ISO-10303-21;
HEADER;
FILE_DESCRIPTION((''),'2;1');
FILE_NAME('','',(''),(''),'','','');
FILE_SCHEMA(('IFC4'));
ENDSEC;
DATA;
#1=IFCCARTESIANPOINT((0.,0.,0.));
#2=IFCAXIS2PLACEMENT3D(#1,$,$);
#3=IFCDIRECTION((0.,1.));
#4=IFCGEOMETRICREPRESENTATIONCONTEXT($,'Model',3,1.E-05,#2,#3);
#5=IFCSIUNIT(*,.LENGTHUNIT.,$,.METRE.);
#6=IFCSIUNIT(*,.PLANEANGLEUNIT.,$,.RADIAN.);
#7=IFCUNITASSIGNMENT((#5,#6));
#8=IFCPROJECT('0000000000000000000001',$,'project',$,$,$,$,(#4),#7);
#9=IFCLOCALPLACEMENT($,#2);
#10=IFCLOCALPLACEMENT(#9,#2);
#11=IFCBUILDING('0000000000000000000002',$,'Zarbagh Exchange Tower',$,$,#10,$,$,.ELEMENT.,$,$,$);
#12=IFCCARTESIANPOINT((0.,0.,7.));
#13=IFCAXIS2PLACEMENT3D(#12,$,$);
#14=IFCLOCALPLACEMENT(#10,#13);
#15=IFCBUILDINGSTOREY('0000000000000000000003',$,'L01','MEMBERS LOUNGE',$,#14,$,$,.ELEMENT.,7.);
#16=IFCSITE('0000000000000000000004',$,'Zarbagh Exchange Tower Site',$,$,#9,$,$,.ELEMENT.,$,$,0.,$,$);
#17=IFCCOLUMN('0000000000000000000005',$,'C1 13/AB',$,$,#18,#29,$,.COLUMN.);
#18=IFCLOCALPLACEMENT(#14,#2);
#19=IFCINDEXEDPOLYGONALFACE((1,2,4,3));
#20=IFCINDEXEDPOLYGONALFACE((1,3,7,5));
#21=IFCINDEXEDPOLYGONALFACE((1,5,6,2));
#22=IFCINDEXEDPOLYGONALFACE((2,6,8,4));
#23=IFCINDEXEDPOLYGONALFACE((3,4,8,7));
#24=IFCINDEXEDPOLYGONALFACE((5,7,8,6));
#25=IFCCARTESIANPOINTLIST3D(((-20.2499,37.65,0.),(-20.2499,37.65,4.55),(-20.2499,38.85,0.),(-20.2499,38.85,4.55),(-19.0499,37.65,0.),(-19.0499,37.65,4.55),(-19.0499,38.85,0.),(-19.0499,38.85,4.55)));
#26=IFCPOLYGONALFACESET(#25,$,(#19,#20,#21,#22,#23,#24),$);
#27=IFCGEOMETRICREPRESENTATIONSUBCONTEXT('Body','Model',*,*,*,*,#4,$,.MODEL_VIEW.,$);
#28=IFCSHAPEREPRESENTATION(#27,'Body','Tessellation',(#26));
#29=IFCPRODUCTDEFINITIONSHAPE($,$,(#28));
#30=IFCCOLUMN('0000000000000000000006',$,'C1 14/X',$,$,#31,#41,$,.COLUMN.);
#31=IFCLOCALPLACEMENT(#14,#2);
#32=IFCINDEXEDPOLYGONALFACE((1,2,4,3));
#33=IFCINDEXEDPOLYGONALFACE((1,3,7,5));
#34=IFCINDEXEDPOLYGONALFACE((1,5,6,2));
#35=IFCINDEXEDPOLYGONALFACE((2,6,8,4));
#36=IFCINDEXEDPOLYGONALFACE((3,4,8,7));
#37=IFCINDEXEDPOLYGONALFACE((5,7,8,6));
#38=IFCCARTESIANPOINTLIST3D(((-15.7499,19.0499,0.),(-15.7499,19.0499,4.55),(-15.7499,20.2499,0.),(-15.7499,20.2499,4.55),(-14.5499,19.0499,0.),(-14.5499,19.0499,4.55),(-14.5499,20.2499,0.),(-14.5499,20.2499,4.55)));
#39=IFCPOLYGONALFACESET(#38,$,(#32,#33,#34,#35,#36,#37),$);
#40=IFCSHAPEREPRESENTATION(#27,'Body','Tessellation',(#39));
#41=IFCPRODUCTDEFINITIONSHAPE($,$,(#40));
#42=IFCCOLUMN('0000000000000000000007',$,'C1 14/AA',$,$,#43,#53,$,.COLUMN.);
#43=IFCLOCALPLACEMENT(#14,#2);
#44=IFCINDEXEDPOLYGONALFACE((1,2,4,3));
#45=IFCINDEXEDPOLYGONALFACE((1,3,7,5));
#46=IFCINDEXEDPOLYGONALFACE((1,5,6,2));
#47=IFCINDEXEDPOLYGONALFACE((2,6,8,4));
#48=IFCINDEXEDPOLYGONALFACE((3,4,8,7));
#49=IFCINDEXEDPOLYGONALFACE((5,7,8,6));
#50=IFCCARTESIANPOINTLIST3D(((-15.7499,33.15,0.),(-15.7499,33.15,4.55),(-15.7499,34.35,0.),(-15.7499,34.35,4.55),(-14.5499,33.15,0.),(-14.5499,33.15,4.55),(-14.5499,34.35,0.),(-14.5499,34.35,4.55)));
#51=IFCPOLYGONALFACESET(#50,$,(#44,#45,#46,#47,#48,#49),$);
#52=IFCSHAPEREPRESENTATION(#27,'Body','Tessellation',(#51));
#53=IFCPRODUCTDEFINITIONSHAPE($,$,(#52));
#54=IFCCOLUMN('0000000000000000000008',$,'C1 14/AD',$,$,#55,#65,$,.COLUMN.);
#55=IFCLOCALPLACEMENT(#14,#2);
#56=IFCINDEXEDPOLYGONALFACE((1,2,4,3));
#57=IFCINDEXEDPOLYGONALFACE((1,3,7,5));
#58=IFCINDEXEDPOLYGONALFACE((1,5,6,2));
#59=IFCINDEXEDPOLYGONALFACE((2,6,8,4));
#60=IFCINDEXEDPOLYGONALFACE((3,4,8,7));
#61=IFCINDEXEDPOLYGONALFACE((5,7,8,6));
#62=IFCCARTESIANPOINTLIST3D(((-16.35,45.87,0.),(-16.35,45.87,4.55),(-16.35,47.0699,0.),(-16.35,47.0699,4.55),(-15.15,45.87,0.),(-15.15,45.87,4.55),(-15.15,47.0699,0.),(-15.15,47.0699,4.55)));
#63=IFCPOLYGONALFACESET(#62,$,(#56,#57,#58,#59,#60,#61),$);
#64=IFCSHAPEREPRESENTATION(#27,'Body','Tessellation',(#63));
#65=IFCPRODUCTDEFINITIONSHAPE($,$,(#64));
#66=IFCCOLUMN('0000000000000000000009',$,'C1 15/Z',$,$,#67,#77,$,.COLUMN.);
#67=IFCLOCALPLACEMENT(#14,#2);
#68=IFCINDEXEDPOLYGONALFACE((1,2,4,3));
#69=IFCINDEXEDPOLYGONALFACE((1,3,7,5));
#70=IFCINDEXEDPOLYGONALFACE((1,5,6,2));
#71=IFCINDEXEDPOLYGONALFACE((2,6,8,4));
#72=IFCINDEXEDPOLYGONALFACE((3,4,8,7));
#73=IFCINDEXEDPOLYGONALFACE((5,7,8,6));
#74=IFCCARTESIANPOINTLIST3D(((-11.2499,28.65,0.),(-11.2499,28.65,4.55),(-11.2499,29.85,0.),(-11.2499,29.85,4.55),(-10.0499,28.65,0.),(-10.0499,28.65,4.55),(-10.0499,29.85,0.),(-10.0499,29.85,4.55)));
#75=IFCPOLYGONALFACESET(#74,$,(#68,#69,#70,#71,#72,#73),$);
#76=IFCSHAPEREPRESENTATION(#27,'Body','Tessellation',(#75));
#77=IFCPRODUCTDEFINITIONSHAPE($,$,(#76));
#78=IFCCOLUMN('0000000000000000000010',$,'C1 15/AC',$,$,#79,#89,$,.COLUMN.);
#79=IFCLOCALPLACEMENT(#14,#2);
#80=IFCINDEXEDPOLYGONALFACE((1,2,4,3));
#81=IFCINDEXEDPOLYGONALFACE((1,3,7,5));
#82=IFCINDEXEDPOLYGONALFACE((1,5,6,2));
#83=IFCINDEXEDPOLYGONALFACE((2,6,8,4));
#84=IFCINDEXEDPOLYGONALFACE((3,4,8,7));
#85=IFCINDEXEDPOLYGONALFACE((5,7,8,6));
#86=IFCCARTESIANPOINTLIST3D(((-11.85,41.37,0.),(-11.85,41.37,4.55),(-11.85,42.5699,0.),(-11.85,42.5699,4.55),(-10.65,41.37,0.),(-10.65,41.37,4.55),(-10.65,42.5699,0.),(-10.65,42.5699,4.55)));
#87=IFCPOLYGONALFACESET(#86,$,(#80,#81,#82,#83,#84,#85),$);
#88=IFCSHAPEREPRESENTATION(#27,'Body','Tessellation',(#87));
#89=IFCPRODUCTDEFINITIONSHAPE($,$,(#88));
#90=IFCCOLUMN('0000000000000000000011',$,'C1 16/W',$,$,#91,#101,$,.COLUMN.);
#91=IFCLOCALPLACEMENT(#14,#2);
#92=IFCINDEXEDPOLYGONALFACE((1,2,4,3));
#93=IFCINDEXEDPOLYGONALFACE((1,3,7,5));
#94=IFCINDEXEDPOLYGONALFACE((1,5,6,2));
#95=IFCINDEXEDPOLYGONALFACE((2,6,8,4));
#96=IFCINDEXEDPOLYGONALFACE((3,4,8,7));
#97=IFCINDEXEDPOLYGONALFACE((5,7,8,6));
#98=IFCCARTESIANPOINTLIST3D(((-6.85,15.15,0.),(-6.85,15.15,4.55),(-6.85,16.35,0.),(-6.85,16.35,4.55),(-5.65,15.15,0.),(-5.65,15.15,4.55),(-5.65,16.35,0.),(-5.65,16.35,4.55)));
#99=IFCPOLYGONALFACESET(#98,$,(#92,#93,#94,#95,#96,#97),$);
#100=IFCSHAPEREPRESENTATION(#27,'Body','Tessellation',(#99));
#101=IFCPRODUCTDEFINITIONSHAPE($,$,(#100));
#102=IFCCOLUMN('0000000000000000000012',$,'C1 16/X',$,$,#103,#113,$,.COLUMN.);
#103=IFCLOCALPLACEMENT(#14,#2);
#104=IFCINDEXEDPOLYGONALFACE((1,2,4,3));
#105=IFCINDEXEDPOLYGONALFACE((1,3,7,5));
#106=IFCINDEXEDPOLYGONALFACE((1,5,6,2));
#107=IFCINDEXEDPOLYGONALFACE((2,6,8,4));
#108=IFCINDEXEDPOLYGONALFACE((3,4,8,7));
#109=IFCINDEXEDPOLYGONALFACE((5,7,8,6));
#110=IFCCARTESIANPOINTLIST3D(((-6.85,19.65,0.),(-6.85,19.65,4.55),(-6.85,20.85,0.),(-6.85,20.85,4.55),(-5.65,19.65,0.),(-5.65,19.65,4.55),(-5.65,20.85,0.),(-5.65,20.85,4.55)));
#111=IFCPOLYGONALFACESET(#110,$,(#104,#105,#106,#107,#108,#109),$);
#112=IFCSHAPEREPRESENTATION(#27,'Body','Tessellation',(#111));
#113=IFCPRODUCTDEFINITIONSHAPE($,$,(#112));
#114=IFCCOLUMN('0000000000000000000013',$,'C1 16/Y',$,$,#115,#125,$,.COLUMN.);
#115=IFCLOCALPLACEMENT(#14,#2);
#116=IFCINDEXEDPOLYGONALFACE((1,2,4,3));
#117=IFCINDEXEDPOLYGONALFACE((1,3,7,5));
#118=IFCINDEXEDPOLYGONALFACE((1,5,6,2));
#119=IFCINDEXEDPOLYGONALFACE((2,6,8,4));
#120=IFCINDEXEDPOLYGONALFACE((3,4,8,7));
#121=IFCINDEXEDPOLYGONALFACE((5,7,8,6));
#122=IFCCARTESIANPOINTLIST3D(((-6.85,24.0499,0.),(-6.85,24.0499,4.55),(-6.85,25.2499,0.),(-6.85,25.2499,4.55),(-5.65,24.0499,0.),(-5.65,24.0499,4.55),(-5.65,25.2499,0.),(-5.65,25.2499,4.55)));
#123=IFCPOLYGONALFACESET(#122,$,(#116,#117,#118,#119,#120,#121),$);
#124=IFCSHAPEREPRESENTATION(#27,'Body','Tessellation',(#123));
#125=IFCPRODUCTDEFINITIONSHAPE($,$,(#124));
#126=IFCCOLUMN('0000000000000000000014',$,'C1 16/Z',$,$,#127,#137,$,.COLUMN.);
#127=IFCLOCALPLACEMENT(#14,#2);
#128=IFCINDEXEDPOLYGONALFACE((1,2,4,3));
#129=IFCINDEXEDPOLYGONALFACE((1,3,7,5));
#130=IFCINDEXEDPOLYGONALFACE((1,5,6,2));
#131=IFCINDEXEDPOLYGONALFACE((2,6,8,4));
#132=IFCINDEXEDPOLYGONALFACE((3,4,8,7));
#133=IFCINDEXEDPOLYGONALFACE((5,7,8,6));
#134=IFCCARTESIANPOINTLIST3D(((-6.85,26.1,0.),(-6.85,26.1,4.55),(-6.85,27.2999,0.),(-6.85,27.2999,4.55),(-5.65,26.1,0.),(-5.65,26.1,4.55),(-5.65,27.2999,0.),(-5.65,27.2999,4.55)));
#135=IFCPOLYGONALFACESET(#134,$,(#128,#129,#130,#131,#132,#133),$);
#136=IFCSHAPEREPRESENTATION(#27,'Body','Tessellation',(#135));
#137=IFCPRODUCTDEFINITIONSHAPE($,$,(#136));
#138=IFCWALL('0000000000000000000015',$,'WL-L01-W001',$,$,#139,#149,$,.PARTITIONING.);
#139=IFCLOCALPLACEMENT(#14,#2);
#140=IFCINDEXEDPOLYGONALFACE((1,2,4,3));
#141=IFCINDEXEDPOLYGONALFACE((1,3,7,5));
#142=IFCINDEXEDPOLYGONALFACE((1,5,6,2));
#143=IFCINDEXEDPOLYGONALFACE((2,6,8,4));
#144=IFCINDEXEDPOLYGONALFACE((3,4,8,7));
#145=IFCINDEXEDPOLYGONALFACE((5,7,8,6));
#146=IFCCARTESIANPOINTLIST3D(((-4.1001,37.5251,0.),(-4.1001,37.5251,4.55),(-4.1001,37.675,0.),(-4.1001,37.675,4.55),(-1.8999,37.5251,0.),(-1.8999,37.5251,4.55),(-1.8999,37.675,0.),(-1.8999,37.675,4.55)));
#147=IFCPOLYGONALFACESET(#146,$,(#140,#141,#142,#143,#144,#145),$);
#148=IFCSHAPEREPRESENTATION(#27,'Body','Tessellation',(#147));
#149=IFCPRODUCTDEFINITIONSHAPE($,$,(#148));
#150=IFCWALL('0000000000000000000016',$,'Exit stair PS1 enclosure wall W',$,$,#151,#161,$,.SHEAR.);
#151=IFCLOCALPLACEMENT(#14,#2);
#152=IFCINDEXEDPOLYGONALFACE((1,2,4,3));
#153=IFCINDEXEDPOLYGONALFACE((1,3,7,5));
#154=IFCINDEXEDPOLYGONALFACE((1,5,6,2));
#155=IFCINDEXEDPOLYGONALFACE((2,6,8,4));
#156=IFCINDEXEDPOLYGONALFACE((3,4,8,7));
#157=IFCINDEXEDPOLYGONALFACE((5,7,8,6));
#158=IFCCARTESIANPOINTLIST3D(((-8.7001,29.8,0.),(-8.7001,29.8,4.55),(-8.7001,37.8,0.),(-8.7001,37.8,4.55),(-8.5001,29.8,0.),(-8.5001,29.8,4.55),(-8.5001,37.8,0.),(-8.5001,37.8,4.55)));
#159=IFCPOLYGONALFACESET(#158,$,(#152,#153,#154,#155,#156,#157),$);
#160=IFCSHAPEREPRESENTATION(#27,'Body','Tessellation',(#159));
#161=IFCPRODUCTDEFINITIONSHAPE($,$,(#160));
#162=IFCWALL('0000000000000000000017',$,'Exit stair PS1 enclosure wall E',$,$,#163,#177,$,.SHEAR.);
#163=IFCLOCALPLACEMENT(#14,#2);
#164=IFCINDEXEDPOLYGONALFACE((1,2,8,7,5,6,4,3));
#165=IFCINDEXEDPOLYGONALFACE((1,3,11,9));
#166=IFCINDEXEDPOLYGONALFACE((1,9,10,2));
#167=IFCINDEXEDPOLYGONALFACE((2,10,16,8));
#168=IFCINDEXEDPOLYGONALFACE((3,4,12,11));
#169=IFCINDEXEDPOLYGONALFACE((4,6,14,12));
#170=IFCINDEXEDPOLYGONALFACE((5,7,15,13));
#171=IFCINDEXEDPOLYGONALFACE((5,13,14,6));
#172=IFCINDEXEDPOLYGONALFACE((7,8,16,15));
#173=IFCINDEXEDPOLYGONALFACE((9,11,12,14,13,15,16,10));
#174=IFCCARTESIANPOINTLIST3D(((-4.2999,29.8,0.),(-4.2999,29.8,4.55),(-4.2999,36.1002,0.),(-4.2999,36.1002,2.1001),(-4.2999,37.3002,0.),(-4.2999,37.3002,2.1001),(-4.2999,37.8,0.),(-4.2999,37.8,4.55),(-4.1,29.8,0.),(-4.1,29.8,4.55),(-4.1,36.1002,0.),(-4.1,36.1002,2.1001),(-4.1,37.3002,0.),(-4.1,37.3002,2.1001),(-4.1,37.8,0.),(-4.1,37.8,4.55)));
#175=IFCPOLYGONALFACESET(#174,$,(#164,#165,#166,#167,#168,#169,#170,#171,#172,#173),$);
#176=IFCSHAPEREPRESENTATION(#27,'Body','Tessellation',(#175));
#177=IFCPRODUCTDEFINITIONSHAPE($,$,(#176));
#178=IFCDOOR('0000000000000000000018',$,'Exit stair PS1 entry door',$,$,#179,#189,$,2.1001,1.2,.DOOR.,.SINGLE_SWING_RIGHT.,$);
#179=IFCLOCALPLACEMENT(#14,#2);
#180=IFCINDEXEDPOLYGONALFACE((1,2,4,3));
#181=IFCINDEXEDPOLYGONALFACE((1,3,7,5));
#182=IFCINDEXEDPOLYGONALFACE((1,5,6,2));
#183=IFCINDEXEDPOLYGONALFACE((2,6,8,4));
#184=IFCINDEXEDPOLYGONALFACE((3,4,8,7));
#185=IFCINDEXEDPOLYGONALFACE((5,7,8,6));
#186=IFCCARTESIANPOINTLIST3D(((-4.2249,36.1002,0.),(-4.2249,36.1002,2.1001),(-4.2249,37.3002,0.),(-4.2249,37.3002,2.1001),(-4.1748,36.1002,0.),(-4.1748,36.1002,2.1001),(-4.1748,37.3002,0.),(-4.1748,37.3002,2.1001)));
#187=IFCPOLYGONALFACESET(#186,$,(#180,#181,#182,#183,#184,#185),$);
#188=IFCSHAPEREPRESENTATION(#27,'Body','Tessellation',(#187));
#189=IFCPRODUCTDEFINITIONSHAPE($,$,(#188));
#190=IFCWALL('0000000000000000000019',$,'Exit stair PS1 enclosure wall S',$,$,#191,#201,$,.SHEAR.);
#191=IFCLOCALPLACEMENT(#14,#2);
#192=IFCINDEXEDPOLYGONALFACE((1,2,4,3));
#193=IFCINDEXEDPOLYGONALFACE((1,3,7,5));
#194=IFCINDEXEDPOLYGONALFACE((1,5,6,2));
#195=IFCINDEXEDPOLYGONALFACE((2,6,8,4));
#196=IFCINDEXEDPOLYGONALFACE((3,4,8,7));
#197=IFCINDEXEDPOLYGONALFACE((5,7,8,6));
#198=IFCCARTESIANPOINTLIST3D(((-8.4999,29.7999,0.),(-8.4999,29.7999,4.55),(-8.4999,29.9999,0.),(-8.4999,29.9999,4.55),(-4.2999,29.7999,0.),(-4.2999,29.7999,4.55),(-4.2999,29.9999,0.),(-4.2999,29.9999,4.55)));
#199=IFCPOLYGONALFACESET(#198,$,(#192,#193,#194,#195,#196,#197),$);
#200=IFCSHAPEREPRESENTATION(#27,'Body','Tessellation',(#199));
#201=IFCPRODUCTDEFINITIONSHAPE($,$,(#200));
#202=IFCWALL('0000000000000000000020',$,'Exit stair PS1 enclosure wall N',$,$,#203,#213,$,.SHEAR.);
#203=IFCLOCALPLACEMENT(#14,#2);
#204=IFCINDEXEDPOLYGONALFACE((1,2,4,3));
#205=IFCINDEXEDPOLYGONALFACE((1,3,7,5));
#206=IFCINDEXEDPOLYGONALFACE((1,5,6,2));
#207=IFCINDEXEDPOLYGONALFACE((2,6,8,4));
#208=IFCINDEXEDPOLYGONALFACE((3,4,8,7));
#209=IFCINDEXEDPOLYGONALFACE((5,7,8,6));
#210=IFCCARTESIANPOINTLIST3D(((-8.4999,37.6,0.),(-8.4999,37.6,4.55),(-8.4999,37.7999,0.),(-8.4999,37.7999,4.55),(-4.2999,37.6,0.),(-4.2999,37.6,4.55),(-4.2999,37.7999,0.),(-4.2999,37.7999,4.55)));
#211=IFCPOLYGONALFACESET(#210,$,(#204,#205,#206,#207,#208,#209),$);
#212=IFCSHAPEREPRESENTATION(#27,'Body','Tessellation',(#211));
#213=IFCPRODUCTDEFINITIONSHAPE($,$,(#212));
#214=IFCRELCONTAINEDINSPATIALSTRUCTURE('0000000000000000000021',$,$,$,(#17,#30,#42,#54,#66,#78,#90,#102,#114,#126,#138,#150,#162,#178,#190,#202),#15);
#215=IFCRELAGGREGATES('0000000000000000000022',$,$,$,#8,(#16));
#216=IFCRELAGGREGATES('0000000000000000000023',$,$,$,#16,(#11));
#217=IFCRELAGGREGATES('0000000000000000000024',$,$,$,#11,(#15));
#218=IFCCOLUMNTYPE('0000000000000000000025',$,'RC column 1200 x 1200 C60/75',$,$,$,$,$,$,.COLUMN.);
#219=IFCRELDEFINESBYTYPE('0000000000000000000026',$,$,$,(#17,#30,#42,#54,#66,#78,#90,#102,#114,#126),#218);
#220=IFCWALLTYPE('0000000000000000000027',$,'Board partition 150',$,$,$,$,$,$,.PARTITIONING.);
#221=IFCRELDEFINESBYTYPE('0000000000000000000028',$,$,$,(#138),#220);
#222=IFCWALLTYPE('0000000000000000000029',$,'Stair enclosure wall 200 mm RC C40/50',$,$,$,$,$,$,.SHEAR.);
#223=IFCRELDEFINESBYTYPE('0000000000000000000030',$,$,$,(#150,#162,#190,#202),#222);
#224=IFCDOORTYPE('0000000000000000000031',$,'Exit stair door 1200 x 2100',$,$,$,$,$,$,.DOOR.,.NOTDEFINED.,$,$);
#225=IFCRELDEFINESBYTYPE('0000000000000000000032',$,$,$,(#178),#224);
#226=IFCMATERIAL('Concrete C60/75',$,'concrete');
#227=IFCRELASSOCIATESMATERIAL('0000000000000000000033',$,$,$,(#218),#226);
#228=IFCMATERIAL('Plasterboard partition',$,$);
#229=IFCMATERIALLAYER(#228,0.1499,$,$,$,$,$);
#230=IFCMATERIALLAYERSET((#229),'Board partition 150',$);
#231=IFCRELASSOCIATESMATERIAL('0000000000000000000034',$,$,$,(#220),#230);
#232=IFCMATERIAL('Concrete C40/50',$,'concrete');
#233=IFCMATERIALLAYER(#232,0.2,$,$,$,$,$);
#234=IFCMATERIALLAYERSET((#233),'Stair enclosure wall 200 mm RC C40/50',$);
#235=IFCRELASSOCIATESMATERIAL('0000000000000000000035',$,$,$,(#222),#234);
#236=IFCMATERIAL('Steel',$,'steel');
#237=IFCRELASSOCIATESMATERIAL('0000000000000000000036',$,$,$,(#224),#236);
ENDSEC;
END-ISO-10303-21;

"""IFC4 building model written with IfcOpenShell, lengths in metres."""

from ifc_helpers import new_model, si_unit, direction, frame, frame_2d, origin, origin_2d, place, context, subcontext, project, spatial, rectangle, extrude, material, layer, layer_set, material_profile, profile_set, type_object, element, fill, save


model = new_model("IFC4")

# Units and contexts
model_context = context("Model", 3, precision=1e-05, world=origin(), true_north=direction((0.0, 1.0)))
body_context = subcontext(model_context, "Body", "Model", "MODEL_VIEW")
ifc_project = project(units=[si_unit("LENGTHUNIT", "METRE"), si_unit("PLANEANGLEUNIT", "RADIAN")], contexts=[model_context])

# Site, building, storey
site_placement = place(None, origin())
site = spatial("IfcSite", under=ifc_project, at=site_placement, Name="Zarbagh Exchange Tower Site", CompositionType="ELEMENT", RefElevation=0.0)
building_placement = place(site_placement, origin())
building = spatial("IfcBuilding", under=site, at=building_placement, Name="Zarbagh Exchange Tower", CompositionType="ELEMENT")
storey_placement = place(building_placement, frame((0.0, 0.0, 7.0)))
storey = spatial("IfcBuildingStorey", under=building, at=storey_placement, Name="L01", Description="MEMBERS LOUNGE", CompositionType="ELEMENT", Elevation=7.0)

# Columns
ifc_material_1 = material(Name="Concrete C60/75", Category="concrete")
ifc_material_profile = material_profile(ifc_material_1, rectangle(XDim=1.2, YDim=1.2, at=origin_2d()), Name="RC column 1200 x 1200 C60/75")
ifc_profile_set = profile_set([ifc_material_profile], Name="Concrete C60/75")
column_type = type_object("IfcColumnType", Name="RC column 1200 x 1200 C60/75", PredefinedType="COLUMN", material=ifc_profile_set)
for number, where, z_axis, x_axis, name in (
    (1, (-19.6499, 38.25, 0.0), (0.0, 0.0, 1.0), (1.0, 0.0, 0.0), "C1 13/AB"),
    (2, (-15.1499, 19.6499, 0.0), (0.0, 0.0, 1.0), (1.0, 0.0, 0.0), "C1 14/X"),
    (3, (-15.1499, 33.75, 0.0), (0.0, 0.0, 1.0), (1.0, 0.0, 0.0), "C1 14/AA"),
    (4, (-15.75, 46.47, 0.0), (0.0, 0.0, 1.0), (1.0, 0.0, 0.0), "C1 14/AD"),
    (5, (-10.6499, 29.25, 0.0), (0.0, 0.0, 1.0), (1.0, 0.0, 0.0), "C1 15/Z"),
    (6, (-11.25, 41.97, 0.0), (0.0, 0.0, 1.0), (1.0, 0.0, 0.0), "C1 15/AC"),
    (7, (-6.25, 15.75, 0.0), (0.0, 0.0, 1.0), (1.0, 0.0, 0.0), "C1 16/W"),
    (8, (-6.25, 20.25, 0.0), (0.0, 0.0, 1.0), (1.0, 0.0, 0.0), "C1 16/X"),
    (9, (-6.25, 24.6499, 0.0), (0.0, 0.0, 1.0), (1.0, 0.0, 0.0), "C1 16/Y"),
    (10, (-6.25, 26.7, 0.0), (0.0, 0.0, 1.0), (1.0, 0.0, 0.0), "C1 16/Z"),
):
    element("IfcColumn", number, at=place(storey_placement, frame(where, z_axis=z_axis, x_axis=x_axis)), inside=storey, type_object=column_type, Name=name, PredefinedType="COLUMN", context=body_context, shape_type="SweptSolid", body=[
        extrude(rectangle(XDim=1.2, YDim=1.2, at=origin_2d()), origin(), (0.0, 0.0, 1.0), 4.55),
    ])

# Walls
ifc_material_2 = material(Name="Plasterboard partition")
ifc_layer_1 = layer(ifc_material_2, 0.1499)
ifc_layer_set_1 = layer_set([ifc_layer_1], Name="Board partition 150")
wall_type_1 = type_object("IfcWallType", Name="Board partition 150", PredefinedType="PARTITIONING", material=ifc_layer_set_1)
wall_1_placement = place(storey_placement, frame((-4.1001, 37.6001, 0.0), z_axis=(0.0, 0.0, 1.0), x_axis=(1.0, 0.0, 0.0)))
element("IfcWall", 11, at=wall_1_placement, inside=storey, type_object=wall_type_1, Name="WL-L01-W001", PredefinedType="PARTITIONING", context=body_context, shape_type="SweptSolid", body=[
    extrude(rectangle(XDim=2.2002, YDim=0.1499, at=frame_2d((1.1001, 0.0))), origin(), (0.0, 0.0, 1.0), 4.55),
])
ifc_material_3 = material(Name="Concrete C40/50", Category="concrete")
ifc_layer_2 = layer(ifc_material_3, 0.2)
ifc_layer_set_2 = layer_set([ifc_layer_2], Name="Stair enclosure wall 200 mm RC C40/50")
wall_type_2 = type_object("IfcWallType", Name="Stair enclosure wall 200 mm RC C40/50", PredefinedType="SHEAR", material=ifc_layer_set_2)
wall_2_placement = place(storey_placement, frame((-8.6001, 29.8, 0.0), z_axis=(0.0, 0.0, 1.0), x_axis=(0.0, 1.0, 0.0)))
element("IfcWall", 12, at=wall_2_placement, inside=storey, type_object=wall_type_2, Name="Exit stair PS1 enclosure wall W", PredefinedType="SHEAR", context=body_context, shape_type="SweptSolid", body=[
    extrude(rectangle(XDim=8.0, YDim=0.2, at=frame_2d((4.0, 0.0))), origin(), (0.0, 0.0, 1.0), 4.55),
])

# Wall, opening, door
wall_3_placement = place(storey_placement, frame((-4.2, 29.8, 0.0), z_axis=(0.0, 0.0, 1.0), x_axis=(0.0, 1.0, 0.0)))
wall_3 = element("IfcWall", 13, at=wall_3_placement, inside=storey, type_object=wall_type_2, Name="Exit stair PS1 enclosure wall E", PredefinedType="SHEAR", context=body_context, shape_type="SweptSolid", body=[
    extrude(rectangle(XDim=8.0, YDim=0.2, at=frame_2d((4.0, 0.0))), origin(), (0.0, 0.0, 1.0), 4.55),
])
opening_placement = place(wall_3_placement, frame((6.3, 0.0, 0.0)))
opening = element("IfcOpeningElement", 14, at=opening_placement, cuts=wall_3, PredefinedType="OPENING", context=body_context, shape_type="SweptSolid", body=[
    extrude(rectangle(XDim=1.2, YDim=2.1001, at=frame_2d((0.6001, 1.05))), frame((0.0, 0.1099, 0.0), z_axis=(0.0, -1.0, 0.0), x_axis=(1.0, 0.0, 0.0)), (0.0, 0.0, 1.0), 0.22),
])
ifc_material_4 = material(Name="Steel", Category="steel")
door_type = type_object("IfcDoorType", Name="Exit stair door 1200 x 2100", OperationType="NOTDEFINED", PredefinedType="DOOR", material=ifc_material_4)
door_placement = place(opening_placement, origin())
door = element("IfcDoor", 15, at=door_placement, inside=storey, type_object=door_type, Name="Exit stair PS1 entry door", OperationType="SINGLE_SWING_RIGHT", OverallHeight=2.1001, OverallWidth=1.2, PredefinedType="DOOR", context=body_context, shape_type="SweptSolid", body=[
    extrude(rectangle(XDim=1.2, YDim=2.1001, at=frame_2d((0.6001, 1.05))), frame((0.0, 0.0249, 0.0), z_axis=(0.0, -1.0, 0.0), x_axis=(1.0, 0.0, 0.0)), (0.0, 0.0, 1.0), 0.05),
])
fill(opening, door)

# Walls
for number, where, z_axis, x_axis, name in (
    (16, (-8.5, 29.8999, 0.0), (0.0, 0.0, 1.0), (1.0, 0.0, 0.0), "Exit stair PS1 enclosure wall S"),
    (17, (-8.5, 37.7, 0.0), (0.0, 0.0, 1.0), (1.0, 0.0, 0.0), "Exit stair PS1 enclosure wall N"),
):
    element("IfcWall", number, at=place(storey_placement, frame(where, z_axis=z_axis, x_axis=x_axis)), inside=storey, type_object=wall_type_2, Name=name, PredefinedType="SHEAR", context=body_context, shape_type="SweptSolid", body=[
        extrude(rectangle(XDim=4.2, YDim=0.2, at=frame_2d((2.1001, 0.0))), origin(), (0.0, 0.0, 1.0), 4.55),
    ])

save(model, "model.ifc")
